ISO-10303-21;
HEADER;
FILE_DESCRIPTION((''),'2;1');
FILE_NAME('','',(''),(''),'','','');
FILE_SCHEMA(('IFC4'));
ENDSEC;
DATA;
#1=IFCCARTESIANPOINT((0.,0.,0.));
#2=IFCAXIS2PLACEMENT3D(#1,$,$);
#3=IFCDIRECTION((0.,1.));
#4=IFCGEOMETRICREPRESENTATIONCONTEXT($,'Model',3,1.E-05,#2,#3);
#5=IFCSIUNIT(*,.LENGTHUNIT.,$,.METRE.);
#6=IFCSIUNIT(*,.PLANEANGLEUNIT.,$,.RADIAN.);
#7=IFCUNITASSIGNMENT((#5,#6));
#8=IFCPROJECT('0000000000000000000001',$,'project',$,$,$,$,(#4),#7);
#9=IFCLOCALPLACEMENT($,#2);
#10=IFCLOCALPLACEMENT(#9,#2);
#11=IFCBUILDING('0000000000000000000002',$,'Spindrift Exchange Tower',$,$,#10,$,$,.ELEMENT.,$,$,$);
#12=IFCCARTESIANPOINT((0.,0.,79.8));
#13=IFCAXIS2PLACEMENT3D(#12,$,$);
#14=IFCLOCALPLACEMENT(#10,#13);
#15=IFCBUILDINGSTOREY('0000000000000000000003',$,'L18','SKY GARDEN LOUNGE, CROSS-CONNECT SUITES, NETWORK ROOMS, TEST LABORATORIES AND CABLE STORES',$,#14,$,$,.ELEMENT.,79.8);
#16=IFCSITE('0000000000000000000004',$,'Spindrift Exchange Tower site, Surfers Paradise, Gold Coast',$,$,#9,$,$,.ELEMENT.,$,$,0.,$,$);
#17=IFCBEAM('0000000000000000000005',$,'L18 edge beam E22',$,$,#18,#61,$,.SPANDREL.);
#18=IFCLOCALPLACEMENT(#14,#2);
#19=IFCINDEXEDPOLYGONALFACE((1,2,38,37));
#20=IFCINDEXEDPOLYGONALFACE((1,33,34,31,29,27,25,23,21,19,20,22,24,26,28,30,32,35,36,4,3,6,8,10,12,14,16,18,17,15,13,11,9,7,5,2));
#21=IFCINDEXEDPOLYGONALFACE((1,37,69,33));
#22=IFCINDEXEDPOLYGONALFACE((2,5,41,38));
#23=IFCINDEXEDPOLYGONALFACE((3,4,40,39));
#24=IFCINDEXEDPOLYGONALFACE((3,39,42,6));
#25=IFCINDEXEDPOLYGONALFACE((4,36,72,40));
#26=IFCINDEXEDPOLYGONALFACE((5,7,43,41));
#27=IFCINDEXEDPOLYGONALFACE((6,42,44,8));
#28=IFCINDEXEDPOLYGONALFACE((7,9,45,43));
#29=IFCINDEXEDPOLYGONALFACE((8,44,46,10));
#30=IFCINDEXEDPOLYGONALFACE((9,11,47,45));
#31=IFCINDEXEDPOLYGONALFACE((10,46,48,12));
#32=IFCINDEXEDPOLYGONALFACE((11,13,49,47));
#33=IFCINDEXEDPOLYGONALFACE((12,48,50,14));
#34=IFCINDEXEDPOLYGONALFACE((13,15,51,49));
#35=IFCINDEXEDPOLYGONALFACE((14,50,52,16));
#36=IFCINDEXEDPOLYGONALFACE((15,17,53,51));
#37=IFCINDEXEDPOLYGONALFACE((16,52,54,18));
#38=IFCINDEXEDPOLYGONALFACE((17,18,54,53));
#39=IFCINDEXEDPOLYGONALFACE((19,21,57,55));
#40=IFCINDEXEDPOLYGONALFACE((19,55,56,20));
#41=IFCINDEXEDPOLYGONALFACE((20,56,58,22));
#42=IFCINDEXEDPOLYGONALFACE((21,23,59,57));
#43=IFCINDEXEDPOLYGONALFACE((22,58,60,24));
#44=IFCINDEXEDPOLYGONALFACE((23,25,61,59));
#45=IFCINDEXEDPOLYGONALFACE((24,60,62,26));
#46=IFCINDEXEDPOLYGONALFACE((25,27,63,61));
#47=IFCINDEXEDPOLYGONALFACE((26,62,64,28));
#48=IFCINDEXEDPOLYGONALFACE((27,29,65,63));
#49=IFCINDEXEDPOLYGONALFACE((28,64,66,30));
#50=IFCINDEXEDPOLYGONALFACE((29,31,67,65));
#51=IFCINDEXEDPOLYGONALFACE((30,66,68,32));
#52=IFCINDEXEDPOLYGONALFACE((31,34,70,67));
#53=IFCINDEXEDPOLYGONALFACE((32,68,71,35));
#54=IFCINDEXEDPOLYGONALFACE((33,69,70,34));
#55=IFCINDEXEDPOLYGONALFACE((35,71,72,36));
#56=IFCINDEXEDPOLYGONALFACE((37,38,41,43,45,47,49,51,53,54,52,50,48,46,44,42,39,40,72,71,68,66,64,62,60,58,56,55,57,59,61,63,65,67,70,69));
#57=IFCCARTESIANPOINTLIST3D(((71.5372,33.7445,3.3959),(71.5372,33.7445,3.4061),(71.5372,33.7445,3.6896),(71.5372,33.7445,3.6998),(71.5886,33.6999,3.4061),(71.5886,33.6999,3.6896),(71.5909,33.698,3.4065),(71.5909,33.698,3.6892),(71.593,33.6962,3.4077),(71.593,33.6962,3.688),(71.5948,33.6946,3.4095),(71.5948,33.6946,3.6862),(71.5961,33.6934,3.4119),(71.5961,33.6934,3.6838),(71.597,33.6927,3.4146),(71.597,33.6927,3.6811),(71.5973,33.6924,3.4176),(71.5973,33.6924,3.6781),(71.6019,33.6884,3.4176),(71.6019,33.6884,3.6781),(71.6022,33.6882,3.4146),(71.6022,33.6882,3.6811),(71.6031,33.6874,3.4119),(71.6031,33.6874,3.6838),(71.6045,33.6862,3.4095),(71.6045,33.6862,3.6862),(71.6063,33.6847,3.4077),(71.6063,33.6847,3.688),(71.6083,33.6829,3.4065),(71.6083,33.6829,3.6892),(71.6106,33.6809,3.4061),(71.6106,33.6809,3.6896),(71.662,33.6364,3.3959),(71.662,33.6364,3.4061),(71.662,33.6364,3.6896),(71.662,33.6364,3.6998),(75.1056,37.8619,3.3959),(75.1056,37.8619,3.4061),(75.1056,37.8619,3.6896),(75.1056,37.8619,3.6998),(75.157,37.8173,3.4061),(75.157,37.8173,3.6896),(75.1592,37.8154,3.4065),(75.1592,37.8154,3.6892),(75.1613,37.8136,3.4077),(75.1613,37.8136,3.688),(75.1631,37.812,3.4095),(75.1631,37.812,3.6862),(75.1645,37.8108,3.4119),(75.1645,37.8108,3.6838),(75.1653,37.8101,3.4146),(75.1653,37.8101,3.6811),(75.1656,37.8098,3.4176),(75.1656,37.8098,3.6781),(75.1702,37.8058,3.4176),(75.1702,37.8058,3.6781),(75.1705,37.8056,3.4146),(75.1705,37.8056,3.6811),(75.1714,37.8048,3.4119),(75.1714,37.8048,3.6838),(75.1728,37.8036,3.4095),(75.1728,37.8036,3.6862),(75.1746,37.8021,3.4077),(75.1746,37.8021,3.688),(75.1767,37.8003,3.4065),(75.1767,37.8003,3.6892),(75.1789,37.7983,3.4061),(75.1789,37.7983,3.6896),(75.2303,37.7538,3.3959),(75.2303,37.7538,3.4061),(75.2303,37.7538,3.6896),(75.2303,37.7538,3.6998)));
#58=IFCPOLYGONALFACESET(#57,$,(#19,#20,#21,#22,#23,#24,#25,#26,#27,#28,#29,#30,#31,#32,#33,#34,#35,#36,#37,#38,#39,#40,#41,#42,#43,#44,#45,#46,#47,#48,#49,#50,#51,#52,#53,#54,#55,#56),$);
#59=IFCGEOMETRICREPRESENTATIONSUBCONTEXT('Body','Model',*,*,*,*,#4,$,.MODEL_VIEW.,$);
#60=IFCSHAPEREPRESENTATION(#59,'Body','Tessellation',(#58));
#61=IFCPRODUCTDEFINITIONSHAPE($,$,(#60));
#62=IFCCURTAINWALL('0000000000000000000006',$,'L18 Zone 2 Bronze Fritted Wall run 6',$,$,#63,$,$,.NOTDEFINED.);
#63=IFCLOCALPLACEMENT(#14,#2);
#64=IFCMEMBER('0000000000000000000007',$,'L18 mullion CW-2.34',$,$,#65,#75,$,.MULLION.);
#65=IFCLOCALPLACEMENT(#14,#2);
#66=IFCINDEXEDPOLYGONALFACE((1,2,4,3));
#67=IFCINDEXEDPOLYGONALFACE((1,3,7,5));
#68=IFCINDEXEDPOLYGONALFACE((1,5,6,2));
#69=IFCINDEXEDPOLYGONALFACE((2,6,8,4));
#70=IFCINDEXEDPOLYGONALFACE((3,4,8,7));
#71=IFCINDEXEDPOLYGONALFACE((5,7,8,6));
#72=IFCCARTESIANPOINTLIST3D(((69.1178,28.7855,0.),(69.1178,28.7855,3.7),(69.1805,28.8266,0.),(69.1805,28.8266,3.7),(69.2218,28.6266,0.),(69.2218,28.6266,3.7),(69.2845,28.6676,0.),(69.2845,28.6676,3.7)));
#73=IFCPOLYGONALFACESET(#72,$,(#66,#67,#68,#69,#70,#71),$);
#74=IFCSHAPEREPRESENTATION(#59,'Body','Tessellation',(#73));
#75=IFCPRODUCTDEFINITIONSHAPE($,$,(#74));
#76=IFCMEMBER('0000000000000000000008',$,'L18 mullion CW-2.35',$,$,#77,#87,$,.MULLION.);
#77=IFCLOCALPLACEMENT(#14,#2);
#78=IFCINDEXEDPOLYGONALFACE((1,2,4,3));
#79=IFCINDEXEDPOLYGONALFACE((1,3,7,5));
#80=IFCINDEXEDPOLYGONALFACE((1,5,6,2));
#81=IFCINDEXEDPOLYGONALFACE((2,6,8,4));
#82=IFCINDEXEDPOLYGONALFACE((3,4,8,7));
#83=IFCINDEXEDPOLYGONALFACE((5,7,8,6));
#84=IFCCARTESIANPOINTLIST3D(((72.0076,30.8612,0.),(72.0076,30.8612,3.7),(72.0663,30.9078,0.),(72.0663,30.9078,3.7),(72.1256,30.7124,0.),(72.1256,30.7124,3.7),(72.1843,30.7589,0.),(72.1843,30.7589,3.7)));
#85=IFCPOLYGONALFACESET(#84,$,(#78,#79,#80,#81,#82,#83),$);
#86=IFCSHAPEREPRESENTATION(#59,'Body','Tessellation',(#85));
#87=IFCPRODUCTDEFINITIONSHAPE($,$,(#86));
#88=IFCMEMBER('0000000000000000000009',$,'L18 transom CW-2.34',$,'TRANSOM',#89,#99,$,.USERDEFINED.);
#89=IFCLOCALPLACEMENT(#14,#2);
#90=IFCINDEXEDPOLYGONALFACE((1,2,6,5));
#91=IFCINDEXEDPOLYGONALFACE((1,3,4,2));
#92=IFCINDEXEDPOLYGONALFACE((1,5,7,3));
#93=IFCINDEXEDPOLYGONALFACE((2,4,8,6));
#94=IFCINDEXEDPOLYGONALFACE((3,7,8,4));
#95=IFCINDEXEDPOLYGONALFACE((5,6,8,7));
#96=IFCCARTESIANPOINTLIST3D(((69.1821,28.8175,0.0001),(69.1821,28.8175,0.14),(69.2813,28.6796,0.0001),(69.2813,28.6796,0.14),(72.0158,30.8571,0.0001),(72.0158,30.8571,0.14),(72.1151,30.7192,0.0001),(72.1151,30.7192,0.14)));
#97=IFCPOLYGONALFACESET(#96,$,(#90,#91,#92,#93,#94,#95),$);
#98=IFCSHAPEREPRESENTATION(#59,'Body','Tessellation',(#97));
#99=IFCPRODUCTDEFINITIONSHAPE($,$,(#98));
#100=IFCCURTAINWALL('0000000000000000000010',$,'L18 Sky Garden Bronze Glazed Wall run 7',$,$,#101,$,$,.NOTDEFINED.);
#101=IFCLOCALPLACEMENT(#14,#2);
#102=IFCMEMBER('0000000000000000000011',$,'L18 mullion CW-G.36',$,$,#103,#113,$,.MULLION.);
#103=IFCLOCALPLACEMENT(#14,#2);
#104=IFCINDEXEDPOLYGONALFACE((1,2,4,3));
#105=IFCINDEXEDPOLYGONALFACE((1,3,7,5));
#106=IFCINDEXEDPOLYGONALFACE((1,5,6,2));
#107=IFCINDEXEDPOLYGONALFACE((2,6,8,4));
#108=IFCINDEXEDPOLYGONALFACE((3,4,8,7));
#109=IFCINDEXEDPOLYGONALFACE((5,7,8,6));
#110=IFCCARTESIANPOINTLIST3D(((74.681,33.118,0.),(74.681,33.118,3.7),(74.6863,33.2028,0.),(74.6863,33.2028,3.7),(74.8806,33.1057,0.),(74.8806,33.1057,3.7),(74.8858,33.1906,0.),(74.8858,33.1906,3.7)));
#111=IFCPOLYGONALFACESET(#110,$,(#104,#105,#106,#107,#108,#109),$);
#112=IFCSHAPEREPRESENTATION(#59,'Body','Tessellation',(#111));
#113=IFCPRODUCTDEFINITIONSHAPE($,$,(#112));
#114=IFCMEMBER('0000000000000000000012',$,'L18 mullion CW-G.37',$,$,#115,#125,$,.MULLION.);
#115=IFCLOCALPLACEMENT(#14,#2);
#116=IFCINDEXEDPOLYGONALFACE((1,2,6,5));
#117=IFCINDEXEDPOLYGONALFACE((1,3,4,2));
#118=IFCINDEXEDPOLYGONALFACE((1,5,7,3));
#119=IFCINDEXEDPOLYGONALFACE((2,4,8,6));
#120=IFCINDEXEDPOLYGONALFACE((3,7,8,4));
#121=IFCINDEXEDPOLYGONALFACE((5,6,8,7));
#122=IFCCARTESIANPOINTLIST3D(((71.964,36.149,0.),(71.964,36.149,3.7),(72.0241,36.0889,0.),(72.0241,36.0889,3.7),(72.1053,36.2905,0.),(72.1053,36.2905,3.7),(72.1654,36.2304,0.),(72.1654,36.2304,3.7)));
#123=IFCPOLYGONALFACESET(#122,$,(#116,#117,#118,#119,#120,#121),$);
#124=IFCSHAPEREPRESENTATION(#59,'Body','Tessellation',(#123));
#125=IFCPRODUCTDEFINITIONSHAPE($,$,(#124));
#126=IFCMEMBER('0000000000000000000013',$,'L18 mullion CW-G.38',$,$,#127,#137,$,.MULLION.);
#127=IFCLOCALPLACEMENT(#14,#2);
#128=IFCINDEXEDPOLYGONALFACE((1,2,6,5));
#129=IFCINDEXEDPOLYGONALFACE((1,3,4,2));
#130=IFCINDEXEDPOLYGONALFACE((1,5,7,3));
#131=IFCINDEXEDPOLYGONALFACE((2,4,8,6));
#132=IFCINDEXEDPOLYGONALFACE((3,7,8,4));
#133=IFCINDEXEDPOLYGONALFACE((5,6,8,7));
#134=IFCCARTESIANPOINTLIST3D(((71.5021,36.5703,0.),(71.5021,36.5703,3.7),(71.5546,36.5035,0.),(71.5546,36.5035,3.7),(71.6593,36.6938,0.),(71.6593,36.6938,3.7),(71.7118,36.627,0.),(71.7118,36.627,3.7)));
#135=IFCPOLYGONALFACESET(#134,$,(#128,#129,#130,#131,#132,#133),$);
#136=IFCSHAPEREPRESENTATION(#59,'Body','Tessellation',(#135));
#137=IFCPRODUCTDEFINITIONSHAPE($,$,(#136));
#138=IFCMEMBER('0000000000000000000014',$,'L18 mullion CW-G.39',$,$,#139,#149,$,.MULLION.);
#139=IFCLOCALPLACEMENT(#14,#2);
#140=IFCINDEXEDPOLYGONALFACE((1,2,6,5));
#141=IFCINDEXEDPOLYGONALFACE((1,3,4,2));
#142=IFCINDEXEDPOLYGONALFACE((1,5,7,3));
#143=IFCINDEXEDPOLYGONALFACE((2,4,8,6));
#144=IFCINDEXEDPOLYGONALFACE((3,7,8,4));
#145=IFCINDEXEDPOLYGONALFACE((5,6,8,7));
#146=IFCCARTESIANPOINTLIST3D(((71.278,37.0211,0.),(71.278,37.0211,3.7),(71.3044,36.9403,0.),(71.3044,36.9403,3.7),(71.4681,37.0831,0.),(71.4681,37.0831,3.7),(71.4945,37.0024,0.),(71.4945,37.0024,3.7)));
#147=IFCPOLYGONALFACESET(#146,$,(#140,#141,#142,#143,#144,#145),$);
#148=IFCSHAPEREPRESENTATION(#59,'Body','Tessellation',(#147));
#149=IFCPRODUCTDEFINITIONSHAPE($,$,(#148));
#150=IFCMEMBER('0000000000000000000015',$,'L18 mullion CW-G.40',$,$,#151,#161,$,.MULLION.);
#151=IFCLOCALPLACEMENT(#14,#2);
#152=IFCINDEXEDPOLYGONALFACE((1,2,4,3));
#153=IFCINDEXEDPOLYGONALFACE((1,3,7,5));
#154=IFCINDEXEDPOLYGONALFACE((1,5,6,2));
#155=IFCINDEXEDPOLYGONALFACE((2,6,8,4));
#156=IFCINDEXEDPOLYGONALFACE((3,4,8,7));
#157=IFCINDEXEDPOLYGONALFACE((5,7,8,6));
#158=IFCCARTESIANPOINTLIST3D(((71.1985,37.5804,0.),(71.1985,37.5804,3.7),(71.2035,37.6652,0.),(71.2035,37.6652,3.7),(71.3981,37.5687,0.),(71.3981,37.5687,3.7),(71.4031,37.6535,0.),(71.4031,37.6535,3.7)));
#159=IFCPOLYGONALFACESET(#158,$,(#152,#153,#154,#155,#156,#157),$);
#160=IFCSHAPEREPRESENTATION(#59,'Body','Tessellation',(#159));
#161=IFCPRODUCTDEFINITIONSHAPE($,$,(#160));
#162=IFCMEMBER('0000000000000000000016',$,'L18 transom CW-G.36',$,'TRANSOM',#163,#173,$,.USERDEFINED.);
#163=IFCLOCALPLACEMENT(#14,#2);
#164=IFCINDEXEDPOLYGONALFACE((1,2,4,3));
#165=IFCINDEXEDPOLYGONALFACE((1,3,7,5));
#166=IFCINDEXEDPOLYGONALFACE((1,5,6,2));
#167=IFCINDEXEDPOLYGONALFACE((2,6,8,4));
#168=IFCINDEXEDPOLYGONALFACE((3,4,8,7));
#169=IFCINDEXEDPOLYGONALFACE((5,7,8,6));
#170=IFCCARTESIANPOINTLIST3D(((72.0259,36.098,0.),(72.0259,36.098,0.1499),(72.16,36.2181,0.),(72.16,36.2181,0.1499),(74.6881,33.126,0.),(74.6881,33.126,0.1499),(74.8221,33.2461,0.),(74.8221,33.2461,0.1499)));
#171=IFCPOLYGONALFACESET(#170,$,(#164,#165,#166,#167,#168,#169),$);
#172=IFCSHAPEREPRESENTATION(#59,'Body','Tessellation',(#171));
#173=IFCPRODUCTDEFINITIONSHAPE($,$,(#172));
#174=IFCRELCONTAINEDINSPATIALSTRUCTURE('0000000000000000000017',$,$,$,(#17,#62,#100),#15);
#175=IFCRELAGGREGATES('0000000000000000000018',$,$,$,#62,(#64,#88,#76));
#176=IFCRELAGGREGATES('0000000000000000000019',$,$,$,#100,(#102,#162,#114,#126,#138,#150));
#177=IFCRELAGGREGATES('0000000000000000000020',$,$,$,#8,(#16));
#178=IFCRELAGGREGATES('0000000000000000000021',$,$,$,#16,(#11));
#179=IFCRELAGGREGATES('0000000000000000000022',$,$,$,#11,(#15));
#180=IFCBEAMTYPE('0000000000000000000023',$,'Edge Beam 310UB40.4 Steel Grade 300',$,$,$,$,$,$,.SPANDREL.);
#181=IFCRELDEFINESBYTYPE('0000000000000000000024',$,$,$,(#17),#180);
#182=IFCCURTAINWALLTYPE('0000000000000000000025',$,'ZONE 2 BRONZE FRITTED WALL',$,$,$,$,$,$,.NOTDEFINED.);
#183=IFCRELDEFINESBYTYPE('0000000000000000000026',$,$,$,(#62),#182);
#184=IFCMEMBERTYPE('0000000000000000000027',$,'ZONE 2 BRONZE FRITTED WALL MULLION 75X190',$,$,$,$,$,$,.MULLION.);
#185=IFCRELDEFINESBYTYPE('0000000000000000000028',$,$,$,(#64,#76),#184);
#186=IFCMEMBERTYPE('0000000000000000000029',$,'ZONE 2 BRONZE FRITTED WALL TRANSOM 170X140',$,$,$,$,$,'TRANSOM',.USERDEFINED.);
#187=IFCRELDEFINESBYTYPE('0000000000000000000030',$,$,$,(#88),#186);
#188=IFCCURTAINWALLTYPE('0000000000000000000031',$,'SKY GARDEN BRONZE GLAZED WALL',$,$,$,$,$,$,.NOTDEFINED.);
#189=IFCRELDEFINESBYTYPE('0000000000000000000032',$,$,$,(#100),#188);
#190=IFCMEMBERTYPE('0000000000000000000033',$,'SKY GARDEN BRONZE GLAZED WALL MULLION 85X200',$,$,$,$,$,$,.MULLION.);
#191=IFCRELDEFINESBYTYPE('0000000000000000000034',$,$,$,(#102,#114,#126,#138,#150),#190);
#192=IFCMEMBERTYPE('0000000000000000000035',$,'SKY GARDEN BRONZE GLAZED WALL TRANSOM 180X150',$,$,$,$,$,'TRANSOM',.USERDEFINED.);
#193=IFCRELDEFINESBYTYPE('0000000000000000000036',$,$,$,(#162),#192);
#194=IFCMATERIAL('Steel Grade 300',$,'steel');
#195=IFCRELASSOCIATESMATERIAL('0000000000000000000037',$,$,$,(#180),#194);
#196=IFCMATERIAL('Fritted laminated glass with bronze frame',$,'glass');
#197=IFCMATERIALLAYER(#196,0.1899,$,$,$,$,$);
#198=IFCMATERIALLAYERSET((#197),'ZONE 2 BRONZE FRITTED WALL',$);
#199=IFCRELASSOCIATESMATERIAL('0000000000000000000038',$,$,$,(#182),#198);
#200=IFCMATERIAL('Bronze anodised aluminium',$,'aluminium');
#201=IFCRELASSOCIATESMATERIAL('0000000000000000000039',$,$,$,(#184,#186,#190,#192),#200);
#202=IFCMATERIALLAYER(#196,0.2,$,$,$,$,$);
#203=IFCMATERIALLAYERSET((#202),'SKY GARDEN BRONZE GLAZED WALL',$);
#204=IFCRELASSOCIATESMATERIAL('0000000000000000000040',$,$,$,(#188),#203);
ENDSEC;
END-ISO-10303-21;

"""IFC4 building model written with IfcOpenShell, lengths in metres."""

from ifc_helpers import new_model, si_unit, direction, frame, origin, origin_2d, place, context, subcontext, project, spatial, rectangle, i_section, extrude, source, transform, mapped, material, layer, layer_set, material_profile, profile_set, type_object, element, aggregate, save


model = new_model("IFC4")

# Units and contexts
model_context = context("Model", 3, precision=1e-05, world=origin(), true_north=direction((0.0, 1.0)))
body_context = subcontext(model_context, "Body", "Model", "MODEL_VIEW")
ifc_project = project(units=[si_unit("LENGTHUNIT", "METRE"), si_unit("PLANEANGLEUNIT", "RADIAN")], contexts=[model_context])

# Site, building, storey
site_placement = place(None, origin())
site = spatial("IfcSite", under=ifc_project, at=site_placement, Name="Spindrift Exchange Tower site, Surfers Paradise, Gold Coast", CompositionType="ELEMENT", RefElevation=0.0)
building_placement = place(site_placement, origin())
building = spatial("IfcBuilding", under=site, at=building_placement, Name="Spindrift Exchange Tower", CompositionType="ELEMENT")
storey_placement = place(building_placement, frame((0.0, 0.0, 79.8)))
storey = spatial("IfcBuildingStorey", under=building, at=storey_placement, Name="L18", Description="SKY GARDEN LOUNGE, CROSS-CONNECT SUITES, NETWORK ROOMS, TEST LABORATORIES AND CABLE STORES", CompositionType="ELEMENT", Elevation=79.8)

# Beam
ifc_material_1 = material(Name="Steel Grade 300", Category="steel")
ifc_material_profile_1 = material_profile(ifc_material_1, i_section(OverallWidth=0.165, OverallDepth=0.304, WebThickness=0.0061, FlangeThickness=0.0103, FilletRadius=0.0115, at=origin_2d()), Name="310UB40.4")
ifc_profile_set_1 = profile_set([ifc_material_profile_1], Name="Steel Grade 300")
beam_type_1 = type_object("IfcBeamType", Name="Edge Beam 310UB40.4 Steel Grade 300", PredefinedType="SPANDREL", material=ifc_profile_set_1)
shared_shape_1 = source(origin(), body_context, "Body", "SweptSolid", [
    extrude(i_section(OverallWidth=0.165, OverallDepth=0.304, WebThickness=0.0061, FlangeThickness=0.0103, FilletRadius=0.0115, at=origin_2d()), origin(), (0.0, 0.0, 1.0), 5.4485),
])
beam_1_placement = place(storey_placement, frame((71.5996, 33.6904, 3.5479), z_axis=(0.654922, 0.755696, 0.0), x_axis=(-0.755696, 0.654922, 0.0)))
element("IfcBeam", 1, at=beam_1_placement, inside=storey, type_object=beam_type_1, Name="L18 edge beam E22", PredefinedType="SPANDREL", context=body_context, shape_type="MappedRepresentation", body=[
    mapped(shared_shape_1, transform((0.0, 0.0, 0.0), scale=1.0)),
])

# Curtain walls, members
ifc_material_2 = material(Name="Fritted laminated glass with bronze frame", Category="glass")
ifc_layer_1 = layer(ifc_material_2, 0.1899)
ifc_layer_set_1 = layer_set([ifc_layer_1], Name="ZONE 2 BRONZE FRITTED WALL")
curtain_wall_type_1 = type_object("IfcCurtainWallType", Name="ZONE 2 BRONZE FRITTED WALL", PredefinedType="NOTDEFINED", material=ifc_layer_set_1)
curtain_wall_1_placement = place(storey_placement, origin())
curtain_wall_1 = element("IfcCurtainWall", 2, at=curtain_wall_1_placement, inside=storey, type_object=curtain_wall_type_1, Name="L18 Zone 2 Bronze Fritted Wall run 6", PredefinedType="NOTDEFINED")
ifc_material_3 = material(Name="Bronze anodised aluminium", Category="aluminium")
ifc_material_profile_2 = material_profile(ifc_material_3, rectangle(XDim=0.075, YDim=0.1899, at=origin_2d()), Name="ZONE 2 BRONZE FRITTED WALL MULLION 75X190")
ifc_profile_set_2 = profile_set([ifc_material_profile_2], Name="Bronze anodised aluminium")
member_type_1 = type_object("IfcMemberType", Name="ZONE 2 BRONZE FRITTED WALL MULLION 75X190", PredefinedType="MULLION", material=ifc_profile_set_2)
shared_shape_2 = source(origin(), body_context, "Body", "SweptSolid", [
    extrude(rectangle(XDim=0.075, YDim=0.1899, at=origin_2d()), origin(), (0.0, 0.0, 1.0), 3.7),
])
member_1_placement = place(storey_placement, frame((69.2012, 28.7266, 0.0), z_axis=(0.0, 0.0, 1.0), x_axis=(0.83685, 0.547432, 0.0)))
member_1 = element("IfcMember", 3, at=member_1_placement, type_object=member_type_1, Name="L18 mullion CW-2.34", PredefinedType="MULLION", context=body_context, shape_type="MappedRepresentation", body=[
    mapped(shared_shape_2, transform((0.0, 0.0, 0.0), scale=1.0)),
])
member_2_placement = place(storey_placement, frame((72.0959, 30.8101, 0.0), z_axis=(0.0, 0.0, 1.0), x_axis=(0.78346, 0.621442, 0.0)))
member_2 = element("IfcMember", 4, at=member_2_placement, type_object=member_type_1, Name="L18 mullion CW-2.35", PredefinedType="MULLION", context=body_context, shape_type="MappedRepresentation", body=[
    mapped(shared_shape_2, transform((0.0, 0.0, 0.0), scale=1.0)),
])
ifc_material_profile_3 = material_profile(ifc_material_3, rectangle(XDim=0.1699, YDim=0.1399, at=origin_2d()), Name="ZONE 2 BRONZE FRITTED WALL TRANSOM 170X140")
ifc_profile_set_3 = profile_set([ifc_material_profile_3], Name="Bronze anodised aluminium")
member_type_2 = type_object("IfcMemberType", Name="ZONE 2 BRONZE FRITTED WALL TRANSOM 170X140", ElementType="TRANSOM", PredefinedType="USERDEFINED", material=ifc_profile_set_3)
shared_shape_3 = source(origin(), body_context, "Body", "SweptSolid", [
    extrude(rectangle(XDim=0.1699, YDim=0.1399, at=origin_2d()), origin(), (0.0, 0.0, 1.0), 3.4915),
])
member_3_placement = place(storey_placement, frame((69.2317, 28.7485, 0.0701), z_axis=(0.811635, 0.584165, 0.0), x_axis=(-0.584165, 0.811635, 0.0)))
member_3 = element("IfcMember", 5, at=member_3_placement, type_object=member_type_2, Name="L18 transom CW-2.34", ObjectType="TRANSOM", PredefinedType="USERDEFINED", context=body_context, shape_type="MappedRepresentation", body=[
    mapped(shared_shape_3, transform((0.0, 0.0, 0.0), scale=1.0)),
])
ifc_layer_2 = layer(ifc_material_2, 0.2)
ifc_layer_set_2 = layer_set([ifc_layer_2], Name="SKY GARDEN BRONZE GLAZED WALL")
curtain_wall_type_2 = type_object("IfcCurtainWallType", Name="SKY GARDEN BRONZE GLAZED WALL", PredefinedType="NOTDEFINED", material=ifc_layer_set_2)
curtain_wall_2_placement = place(storey_placement, origin())
curtain_wall_2 = element("IfcCurtainWall", 6, at=curtain_wall_2_placement, inside=storey, type_object=curtain_wall_type_2, Name="L18 Sky Garden Bronze Glazed Wall run 7", PredefinedType="NOTDEFINED")
ifc_material_profile_4 = material_profile(ifc_material_3, rectangle(XDim=0.085, YDim=0.2, at=origin_2d()), Name="SKY GARDEN BRONZE GLAZED WALL MULLION 85X200")
ifc_profile_set_4 = profile_set([ifc_material_profile_4], Name="Bronze anodised aluminium")
member_type_3 = type_object("IfcMemberType", Name="SKY GARDEN BRONZE GLAZED WALL MULLION 85X200", PredefinedType="MULLION", material=ifc_profile_set_4)
shared_shape_4 = source(origin(), body_context, "Body", "SweptSolid", [
    extrude(rectangle(XDim=0.085, YDim=0.2, at=origin_2d()), origin(), (0.0, 0.0, 1.0), 3.7),
])
member_4_placement = place(storey_placement, frame((74.7834, 33.1543, 0.0), z_axis=(0.0, 0.0, 1.0), x_axis=(0.061485, 0.998108, 0.0)))
member_4 = element("IfcMember", 7, at=member_4_placement, type_object=member_type_3, Name="L18 mullion CW-G.36", PredefinedType="MULLION", context=body_context, shape_type="MappedRepresentation", body=[
    mapped(shared_shape_4, transform((0.0, 0.0, 0.0), scale=1.0)),
])
member_5_placement = place(storey_placement, frame((72.0647, 36.1897, 0.0), z_axis=(0.0, 0.0, 1.0), x_axis=(-0.707561, 0.706652, 0.0)))
member_5 = element("IfcMember", 8, at=member_5_placement, type_object=member_type_3, Name="L18 mullion CW-G.37", PredefinedType="MULLION", context=body_context, shape_type="MappedRepresentation", body=[
    mapped(shared_shape_4, transform((0.0, 0.0, 0.0), scale=1.0)),
])
member_6_placement = place(storey_placement, frame((71.6069, 36.5986, 0.0), z_axis=(0.0, 0.0, 1.0), x_axis=(-0.617934, 0.78623, 0.0)))
member_6 = element("IfcMember", 9, at=member_6_placement, type_object=member_type_3, Name="L18 mullion CW-G.38", PredefinedType="MULLION", context=body_context, shape_type="MappedRepresentation", body=[
    mapped(shared_shape_4, transform((0.0, 0.0, 0.0), scale=1.0)),
])
member_7_placement = place(storey_placement, frame((71.3862, 37.0117, 0.0), z_axis=(0.0, 0.0, 1.0), x_axis=(-0.310331, 0.950629, 0.0)))
member_7 = element("IfcMember", 10, at=member_7_placement, type_object=member_type_3, Name="L18 mullion CW-G.39", PredefinedType="MULLION", context=body_context, shape_type="MappedRepresentation", body=[
    mapped(shared_shape_4, transform((0.0, 0.0, 0.0), scale=1.0)),
])
member_8_placement = place(storey_placement, frame((71.3008, 37.6169, 0.0), z_axis=(0.0, 0.0, 1.0), x_axis=(0.058774, 0.998271, 0.0)))
member_8 = element("IfcMember", 11, at=member_8_placement, type_object=member_type_3, Name="L18 mullion CW-G.40", PredefinedType="MULLION", context=body_context, shape_type="MappedRepresentation", body=[
    mapped(shared_shape_4, transform((0.0, 0.0, 0.0), scale=1.0)),
])
ifc_material_profile_5 = material_profile(ifc_material_3, rectangle(XDim=0.1799, YDim=0.1499, at=origin_2d()), Name="SKY GARDEN BRONZE GLAZED WALL TRANSOM 180X150")
ifc_profile_set_5 = profile_set([ifc_material_profile_5], Name="Bronze anodised aluminium")
member_type_4 = type_object("IfcMemberType", Name="SKY GARDEN BRONZE GLAZED WALL TRANSOM 180X150", ElementType="TRANSOM", PredefinedType="USERDEFINED", material=ifc_profile_set_5)
shared_shape_5 = source(origin(), body_context, "Body", "SweptSolid", [
    extrude(rectangle(XDim=0.1799, YDim=0.1499, at=origin_2d()), origin(), (0.0, 0.0, 1.0), 3.99),
])
member_9_placement = place(storey_placement, frame((74.7551, 33.186, 0.075), z_axis=(-0.667215, 0.744865, 0.0), x_axis=(-0.744865, -0.667215, 0.0)))
member_9 = element("IfcMember", 12, at=member_9_placement, type_object=member_type_4, Name="L18 transom CW-G.36", ObjectType="TRANSOM", PredefinedType="USERDEFINED", context=body_context, shape_type="MappedRepresentation", body=[
    mapped(shared_shape_5, transform((0.0, 0.0, 0.0), scale=1.0)),
])

aggregate(curtain_wall_1, [member_1, member_3, member_2])
aggregate(curtain_wall_2, [member_4, member_9, member_5, member_6, member_7, member_8])

save(model, "model.ifc")
